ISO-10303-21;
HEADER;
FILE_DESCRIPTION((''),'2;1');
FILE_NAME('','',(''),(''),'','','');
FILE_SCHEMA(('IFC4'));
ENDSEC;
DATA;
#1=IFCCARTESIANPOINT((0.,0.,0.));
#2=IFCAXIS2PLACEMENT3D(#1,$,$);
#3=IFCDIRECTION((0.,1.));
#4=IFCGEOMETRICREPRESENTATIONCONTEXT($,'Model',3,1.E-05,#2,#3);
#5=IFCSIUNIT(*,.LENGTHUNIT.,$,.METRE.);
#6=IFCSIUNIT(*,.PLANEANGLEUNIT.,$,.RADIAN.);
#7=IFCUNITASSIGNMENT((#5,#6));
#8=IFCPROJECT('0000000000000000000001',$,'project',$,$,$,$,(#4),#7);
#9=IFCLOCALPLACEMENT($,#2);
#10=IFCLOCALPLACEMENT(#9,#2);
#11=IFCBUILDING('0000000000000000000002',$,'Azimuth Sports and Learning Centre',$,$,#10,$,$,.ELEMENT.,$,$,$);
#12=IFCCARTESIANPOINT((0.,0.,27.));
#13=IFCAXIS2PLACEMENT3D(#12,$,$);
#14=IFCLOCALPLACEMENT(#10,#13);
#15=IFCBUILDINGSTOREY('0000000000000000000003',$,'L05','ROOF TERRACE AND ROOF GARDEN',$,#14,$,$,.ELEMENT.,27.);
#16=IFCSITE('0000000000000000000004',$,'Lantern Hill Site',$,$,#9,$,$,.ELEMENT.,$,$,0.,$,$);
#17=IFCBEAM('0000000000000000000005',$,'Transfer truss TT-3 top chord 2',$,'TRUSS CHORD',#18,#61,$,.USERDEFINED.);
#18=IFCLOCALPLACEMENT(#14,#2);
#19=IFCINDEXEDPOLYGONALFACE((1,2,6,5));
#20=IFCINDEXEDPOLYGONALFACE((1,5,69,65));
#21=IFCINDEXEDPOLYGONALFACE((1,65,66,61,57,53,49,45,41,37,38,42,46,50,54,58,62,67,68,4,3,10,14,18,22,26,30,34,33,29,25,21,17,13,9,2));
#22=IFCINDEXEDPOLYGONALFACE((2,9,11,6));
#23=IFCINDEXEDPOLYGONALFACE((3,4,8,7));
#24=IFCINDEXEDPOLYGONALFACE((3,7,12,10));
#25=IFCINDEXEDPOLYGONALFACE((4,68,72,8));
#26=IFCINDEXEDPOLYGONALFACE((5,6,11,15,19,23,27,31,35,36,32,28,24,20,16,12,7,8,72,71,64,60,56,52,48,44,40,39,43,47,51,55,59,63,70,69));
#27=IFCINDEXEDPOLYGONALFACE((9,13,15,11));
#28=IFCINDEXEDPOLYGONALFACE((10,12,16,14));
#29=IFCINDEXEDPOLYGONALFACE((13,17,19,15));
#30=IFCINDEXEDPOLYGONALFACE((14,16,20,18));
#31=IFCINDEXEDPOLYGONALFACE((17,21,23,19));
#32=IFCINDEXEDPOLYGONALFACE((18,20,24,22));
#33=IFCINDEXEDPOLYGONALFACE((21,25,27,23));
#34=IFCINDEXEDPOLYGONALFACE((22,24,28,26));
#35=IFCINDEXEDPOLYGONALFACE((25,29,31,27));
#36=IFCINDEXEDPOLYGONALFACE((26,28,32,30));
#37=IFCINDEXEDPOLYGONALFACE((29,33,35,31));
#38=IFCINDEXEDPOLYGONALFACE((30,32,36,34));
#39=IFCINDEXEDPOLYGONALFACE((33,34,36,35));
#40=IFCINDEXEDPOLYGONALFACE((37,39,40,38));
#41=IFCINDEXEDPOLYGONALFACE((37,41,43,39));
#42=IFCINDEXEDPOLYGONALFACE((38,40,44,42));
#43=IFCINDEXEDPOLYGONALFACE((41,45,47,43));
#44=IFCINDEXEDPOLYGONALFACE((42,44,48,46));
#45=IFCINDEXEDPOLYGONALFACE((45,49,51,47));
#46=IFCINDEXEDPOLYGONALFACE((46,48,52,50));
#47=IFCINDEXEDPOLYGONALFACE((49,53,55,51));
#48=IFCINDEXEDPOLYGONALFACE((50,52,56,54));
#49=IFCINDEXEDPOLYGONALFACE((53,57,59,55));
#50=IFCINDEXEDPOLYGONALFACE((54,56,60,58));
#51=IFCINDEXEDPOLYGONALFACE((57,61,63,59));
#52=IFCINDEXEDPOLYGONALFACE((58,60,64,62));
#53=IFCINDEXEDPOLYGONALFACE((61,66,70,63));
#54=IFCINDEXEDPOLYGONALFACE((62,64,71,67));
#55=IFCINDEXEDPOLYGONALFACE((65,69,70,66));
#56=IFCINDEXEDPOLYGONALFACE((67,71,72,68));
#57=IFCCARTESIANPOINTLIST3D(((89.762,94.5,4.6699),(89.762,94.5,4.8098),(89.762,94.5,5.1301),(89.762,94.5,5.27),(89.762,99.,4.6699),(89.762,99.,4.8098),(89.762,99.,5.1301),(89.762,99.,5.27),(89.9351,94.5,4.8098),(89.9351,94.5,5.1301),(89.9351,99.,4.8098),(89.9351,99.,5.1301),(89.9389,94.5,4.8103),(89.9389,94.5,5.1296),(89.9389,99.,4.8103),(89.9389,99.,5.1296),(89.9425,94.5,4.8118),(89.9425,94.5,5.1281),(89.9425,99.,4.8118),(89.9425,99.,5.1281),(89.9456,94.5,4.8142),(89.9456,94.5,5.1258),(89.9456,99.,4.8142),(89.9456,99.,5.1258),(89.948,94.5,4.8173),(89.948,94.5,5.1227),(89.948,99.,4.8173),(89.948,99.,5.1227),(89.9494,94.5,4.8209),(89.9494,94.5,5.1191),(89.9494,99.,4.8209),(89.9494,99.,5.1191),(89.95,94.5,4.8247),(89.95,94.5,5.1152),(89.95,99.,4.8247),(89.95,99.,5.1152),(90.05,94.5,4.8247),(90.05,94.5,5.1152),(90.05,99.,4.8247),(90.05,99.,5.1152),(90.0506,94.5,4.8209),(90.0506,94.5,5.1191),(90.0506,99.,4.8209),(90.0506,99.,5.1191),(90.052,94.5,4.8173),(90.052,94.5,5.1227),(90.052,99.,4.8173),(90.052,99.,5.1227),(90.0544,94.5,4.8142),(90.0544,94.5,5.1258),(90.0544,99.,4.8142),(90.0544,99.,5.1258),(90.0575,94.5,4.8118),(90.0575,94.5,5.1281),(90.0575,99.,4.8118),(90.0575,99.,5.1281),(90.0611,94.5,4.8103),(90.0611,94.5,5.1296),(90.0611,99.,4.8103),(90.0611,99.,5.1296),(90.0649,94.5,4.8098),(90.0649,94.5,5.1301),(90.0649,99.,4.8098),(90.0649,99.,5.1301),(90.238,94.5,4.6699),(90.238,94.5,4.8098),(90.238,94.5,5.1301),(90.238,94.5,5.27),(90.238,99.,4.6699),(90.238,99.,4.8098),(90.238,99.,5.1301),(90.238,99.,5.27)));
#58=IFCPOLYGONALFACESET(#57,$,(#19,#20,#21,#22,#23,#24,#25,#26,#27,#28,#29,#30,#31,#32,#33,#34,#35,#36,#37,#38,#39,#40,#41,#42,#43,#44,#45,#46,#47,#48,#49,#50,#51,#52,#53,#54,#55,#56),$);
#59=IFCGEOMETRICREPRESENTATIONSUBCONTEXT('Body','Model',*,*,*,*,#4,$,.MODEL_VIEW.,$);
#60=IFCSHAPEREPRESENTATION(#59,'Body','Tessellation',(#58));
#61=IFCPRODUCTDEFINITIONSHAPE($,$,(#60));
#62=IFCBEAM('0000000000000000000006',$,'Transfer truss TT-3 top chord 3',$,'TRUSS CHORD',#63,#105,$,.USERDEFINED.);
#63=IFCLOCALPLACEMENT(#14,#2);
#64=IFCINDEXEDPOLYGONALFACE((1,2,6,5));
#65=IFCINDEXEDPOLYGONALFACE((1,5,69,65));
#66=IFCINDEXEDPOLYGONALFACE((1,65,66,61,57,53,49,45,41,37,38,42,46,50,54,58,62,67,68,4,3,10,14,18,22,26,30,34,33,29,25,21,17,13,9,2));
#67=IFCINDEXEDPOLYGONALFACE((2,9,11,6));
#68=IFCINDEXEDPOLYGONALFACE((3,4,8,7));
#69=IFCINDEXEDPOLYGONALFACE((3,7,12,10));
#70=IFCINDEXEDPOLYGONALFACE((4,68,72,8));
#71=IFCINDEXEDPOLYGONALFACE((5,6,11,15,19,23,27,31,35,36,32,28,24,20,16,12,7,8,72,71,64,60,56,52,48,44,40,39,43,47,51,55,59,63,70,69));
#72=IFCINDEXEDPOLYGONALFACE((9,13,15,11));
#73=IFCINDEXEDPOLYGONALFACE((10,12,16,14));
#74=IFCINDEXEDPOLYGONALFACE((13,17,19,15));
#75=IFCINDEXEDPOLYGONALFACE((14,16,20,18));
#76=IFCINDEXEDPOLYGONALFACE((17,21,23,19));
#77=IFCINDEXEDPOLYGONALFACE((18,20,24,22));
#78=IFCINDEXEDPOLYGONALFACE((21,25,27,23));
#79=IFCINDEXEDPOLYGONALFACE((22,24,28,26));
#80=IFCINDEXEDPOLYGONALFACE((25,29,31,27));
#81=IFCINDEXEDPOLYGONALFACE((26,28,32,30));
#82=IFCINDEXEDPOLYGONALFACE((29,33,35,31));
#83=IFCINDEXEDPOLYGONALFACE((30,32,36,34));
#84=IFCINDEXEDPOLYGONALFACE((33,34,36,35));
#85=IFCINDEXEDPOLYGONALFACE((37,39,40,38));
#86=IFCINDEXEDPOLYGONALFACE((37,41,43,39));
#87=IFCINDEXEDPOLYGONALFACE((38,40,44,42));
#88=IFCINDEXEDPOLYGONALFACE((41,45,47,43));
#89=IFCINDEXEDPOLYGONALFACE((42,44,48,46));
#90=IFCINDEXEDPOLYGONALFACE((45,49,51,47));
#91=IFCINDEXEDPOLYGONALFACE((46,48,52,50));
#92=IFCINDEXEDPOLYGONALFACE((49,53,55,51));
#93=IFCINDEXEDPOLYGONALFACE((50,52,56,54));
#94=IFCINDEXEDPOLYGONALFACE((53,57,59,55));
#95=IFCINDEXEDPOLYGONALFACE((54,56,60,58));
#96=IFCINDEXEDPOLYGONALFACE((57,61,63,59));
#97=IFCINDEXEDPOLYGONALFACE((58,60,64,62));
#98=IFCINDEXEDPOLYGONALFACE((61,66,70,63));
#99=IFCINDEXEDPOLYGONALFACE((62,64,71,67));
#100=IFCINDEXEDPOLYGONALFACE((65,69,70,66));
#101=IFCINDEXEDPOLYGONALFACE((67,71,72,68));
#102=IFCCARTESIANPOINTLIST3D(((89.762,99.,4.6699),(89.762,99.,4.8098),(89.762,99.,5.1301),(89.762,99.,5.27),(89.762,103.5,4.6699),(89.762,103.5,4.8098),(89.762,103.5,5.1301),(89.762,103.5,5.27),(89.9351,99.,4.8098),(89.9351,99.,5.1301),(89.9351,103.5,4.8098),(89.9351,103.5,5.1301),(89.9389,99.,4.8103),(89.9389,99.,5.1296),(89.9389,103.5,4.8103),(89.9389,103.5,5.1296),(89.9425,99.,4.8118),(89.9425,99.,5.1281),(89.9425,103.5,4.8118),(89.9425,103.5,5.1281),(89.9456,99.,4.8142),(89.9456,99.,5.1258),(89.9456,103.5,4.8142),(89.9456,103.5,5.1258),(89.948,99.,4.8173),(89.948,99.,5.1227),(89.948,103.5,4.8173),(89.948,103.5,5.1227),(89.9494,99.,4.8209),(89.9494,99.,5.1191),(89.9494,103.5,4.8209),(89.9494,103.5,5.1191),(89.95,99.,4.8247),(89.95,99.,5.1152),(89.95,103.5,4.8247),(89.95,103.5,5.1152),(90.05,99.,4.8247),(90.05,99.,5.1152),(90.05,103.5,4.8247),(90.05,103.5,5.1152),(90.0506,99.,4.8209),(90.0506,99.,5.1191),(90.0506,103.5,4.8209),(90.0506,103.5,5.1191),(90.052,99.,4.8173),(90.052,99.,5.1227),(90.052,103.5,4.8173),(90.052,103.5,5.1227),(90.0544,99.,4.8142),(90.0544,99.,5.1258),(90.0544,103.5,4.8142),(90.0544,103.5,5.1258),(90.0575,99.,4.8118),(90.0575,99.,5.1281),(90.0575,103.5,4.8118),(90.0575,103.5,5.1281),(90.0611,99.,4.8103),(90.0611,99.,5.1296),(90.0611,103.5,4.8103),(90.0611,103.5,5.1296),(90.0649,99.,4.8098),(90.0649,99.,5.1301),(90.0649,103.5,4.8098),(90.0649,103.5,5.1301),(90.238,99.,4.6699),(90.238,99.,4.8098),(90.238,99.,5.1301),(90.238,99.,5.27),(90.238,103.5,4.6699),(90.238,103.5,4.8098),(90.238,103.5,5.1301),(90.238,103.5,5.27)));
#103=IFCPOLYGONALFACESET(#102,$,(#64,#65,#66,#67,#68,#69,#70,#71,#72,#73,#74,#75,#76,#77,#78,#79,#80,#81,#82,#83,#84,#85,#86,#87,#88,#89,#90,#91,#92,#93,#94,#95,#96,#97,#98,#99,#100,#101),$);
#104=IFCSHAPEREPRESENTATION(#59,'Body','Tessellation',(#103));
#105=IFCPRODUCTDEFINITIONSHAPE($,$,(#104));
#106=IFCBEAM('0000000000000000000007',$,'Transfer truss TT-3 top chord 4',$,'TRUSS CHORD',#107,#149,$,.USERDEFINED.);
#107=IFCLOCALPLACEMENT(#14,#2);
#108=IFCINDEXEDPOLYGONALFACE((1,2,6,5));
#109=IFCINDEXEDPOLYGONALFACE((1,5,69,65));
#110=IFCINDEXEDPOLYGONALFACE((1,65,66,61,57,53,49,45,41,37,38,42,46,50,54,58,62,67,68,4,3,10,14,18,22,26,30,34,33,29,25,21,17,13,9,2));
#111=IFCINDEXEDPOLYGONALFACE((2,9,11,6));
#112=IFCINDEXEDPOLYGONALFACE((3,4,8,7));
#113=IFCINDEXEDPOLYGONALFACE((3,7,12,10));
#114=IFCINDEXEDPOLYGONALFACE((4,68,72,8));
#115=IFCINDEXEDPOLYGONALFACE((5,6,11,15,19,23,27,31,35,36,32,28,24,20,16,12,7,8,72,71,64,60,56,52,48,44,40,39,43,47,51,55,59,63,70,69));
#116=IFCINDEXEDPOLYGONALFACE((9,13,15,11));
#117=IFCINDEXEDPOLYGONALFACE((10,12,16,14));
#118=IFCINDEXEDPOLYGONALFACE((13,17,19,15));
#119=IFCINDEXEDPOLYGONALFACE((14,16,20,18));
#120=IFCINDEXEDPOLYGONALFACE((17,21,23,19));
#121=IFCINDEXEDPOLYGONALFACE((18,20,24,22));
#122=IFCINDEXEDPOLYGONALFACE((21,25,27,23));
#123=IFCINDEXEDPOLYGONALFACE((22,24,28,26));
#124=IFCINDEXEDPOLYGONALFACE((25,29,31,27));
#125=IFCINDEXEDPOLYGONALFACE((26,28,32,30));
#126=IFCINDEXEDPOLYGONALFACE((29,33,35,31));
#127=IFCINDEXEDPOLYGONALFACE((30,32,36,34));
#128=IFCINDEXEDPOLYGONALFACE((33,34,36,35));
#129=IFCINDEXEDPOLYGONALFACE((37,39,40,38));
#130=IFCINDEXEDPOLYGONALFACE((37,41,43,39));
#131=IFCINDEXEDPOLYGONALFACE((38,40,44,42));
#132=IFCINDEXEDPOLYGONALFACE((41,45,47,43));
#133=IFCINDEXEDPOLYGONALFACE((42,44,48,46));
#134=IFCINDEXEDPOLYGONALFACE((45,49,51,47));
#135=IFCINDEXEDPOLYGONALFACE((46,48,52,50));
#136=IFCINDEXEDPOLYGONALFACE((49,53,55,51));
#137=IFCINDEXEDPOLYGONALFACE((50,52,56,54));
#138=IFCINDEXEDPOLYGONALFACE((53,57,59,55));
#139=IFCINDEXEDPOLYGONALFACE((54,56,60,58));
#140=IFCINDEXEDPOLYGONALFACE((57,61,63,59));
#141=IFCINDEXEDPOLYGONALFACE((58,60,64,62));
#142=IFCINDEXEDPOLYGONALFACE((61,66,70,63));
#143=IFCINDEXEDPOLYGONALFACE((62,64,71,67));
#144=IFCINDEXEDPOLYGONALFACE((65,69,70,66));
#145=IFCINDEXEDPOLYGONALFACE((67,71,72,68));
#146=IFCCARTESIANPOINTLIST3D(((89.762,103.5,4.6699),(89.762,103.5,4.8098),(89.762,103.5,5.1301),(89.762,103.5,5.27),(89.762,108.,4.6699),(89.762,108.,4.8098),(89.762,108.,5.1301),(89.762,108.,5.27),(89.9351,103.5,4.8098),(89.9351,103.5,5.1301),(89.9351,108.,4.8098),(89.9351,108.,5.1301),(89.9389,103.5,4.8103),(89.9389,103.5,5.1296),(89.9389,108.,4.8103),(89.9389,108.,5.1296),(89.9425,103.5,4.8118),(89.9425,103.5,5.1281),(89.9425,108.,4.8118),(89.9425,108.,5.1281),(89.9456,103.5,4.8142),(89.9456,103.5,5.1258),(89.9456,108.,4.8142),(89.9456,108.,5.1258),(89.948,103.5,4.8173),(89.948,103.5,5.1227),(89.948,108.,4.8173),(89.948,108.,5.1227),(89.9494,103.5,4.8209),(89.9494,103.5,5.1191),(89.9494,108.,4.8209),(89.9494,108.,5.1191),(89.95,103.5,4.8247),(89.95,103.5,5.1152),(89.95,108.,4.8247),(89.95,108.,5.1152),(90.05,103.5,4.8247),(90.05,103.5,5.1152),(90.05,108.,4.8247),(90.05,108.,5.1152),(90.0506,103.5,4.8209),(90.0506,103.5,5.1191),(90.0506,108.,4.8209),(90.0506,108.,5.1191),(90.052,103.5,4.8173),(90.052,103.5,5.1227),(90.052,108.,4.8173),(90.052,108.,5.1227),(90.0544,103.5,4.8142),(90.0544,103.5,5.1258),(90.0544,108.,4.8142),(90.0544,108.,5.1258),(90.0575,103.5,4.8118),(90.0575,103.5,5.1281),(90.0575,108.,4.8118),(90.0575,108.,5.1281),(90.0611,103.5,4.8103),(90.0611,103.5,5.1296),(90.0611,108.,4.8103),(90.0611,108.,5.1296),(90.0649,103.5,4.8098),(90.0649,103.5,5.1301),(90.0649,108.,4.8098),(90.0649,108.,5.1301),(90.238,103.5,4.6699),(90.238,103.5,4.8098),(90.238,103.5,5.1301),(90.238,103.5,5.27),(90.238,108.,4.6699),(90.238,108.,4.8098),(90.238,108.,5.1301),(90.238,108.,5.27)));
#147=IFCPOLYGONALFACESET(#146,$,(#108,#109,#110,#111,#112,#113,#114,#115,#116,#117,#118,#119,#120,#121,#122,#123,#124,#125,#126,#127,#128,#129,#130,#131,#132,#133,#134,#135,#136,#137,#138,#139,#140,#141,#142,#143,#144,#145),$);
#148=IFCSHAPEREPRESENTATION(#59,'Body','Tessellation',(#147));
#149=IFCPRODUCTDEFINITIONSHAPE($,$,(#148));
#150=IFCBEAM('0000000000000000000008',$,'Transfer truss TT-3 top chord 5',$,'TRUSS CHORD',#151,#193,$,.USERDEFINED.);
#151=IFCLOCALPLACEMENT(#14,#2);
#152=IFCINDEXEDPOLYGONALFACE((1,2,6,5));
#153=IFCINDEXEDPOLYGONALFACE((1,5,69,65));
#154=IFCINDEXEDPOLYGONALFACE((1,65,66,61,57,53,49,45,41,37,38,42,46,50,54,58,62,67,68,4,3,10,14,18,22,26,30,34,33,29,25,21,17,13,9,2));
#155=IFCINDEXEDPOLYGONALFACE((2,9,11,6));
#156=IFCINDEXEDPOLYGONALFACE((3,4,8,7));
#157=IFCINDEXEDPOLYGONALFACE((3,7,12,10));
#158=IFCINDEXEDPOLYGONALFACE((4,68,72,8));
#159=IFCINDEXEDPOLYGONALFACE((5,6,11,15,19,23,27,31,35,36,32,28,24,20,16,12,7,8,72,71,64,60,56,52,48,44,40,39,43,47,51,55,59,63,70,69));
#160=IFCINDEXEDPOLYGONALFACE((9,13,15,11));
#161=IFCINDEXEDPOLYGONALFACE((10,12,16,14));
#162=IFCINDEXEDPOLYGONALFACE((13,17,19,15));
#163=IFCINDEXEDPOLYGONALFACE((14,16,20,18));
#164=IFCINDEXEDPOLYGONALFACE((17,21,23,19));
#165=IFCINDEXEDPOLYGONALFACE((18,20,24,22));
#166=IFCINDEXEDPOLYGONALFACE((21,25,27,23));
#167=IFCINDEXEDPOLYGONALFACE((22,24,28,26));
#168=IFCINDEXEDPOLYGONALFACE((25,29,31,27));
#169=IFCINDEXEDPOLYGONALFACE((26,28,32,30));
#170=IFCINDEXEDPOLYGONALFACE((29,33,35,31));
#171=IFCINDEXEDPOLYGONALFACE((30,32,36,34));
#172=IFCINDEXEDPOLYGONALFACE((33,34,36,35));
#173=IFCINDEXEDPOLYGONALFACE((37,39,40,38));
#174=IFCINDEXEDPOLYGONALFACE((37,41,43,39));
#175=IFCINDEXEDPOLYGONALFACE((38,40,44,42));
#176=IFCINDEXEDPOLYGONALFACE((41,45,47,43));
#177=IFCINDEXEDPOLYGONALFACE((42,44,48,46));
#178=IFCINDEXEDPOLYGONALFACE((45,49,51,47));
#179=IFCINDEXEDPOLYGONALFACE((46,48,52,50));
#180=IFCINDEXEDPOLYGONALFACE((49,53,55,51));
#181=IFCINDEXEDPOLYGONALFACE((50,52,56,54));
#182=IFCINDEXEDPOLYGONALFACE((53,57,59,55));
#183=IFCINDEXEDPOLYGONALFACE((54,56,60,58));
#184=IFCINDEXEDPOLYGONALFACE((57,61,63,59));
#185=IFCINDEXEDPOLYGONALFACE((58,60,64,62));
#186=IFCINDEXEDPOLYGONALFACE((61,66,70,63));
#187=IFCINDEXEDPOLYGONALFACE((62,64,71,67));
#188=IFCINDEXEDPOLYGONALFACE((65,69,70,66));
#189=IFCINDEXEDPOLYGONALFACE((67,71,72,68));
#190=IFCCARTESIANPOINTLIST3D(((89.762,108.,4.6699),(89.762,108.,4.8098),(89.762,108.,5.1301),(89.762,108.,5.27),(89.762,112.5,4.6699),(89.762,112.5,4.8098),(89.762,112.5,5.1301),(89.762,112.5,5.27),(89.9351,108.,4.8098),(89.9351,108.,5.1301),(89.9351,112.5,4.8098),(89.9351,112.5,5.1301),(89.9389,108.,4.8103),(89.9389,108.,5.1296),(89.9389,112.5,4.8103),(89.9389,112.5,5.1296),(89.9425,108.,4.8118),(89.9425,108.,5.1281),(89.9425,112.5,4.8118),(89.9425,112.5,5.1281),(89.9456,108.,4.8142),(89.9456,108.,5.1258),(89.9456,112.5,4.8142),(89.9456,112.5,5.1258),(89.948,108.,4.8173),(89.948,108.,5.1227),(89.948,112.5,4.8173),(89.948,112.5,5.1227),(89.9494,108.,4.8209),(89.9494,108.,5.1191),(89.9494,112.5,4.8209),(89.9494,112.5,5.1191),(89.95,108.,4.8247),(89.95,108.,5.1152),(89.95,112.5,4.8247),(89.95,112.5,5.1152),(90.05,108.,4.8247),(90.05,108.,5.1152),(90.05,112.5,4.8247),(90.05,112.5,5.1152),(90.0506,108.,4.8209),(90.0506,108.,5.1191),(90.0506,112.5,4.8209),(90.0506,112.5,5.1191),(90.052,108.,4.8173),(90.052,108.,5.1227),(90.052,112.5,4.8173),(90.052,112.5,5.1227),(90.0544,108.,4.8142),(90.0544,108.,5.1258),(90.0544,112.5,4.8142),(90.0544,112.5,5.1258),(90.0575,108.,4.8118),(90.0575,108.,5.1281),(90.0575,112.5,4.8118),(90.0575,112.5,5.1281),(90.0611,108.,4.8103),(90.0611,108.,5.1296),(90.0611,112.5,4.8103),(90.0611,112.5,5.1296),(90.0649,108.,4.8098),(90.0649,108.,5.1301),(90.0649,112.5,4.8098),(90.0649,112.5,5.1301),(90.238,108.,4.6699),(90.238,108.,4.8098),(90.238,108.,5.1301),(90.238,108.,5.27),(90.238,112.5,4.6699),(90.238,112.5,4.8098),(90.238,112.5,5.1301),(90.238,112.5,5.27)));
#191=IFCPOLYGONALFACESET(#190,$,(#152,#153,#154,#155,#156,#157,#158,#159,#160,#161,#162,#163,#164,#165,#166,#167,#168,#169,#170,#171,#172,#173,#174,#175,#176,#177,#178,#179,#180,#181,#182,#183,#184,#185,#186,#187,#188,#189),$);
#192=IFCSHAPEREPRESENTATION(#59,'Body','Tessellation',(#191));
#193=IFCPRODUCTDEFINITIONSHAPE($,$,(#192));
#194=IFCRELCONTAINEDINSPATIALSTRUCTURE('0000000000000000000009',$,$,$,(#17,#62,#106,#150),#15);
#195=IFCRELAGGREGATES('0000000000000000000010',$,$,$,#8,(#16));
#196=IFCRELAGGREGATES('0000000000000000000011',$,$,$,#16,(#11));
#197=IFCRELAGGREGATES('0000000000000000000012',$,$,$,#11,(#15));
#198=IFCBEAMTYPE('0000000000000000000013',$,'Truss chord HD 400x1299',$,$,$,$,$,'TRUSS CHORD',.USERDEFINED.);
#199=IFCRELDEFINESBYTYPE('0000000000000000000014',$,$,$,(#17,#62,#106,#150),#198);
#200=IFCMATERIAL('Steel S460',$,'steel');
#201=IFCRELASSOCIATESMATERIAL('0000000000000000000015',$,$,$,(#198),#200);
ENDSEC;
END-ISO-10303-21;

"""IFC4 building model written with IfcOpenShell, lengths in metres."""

from ifc_helpers import new_model, si_unit, direction, frame, origin, origin_2d, place, context, subcontext, project, spatial, i_section, extrude, material, material_profile, profile_set, type_object, element, save


model = new_model("IFC4")

# Units and contexts
model_context = context("Model", 3, precision=1e-05, world=origin(), true_north=direction((0.0, 1.0)))
body_context = subcontext(model_context, "Body", "Model", "MODEL_VIEW")
ifc_project = project(units=[si_unit("LENGTHUNIT", "METRE"), si_unit("PLANEANGLEUNIT", "RADIAN")], contexts=[model_context])

# Site, building, storey
site_placement = place(None, origin())
site = spatial("IfcSite", under=ifc_project, at=site_placement, Name="Lantern Hill Site", CompositionType="ELEMENT", RefElevation=0.0)
building_placement = place(site_placement, origin())
building = spatial("IfcBuilding", under=site, at=building_placement, Name="Azimuth Sports and Learning Centre", CompositionType="ELEMENT")
storey_placement = place(building_placement, frame((0.0, 0.0, 27.0)))
storey = spatial("IfcBuildingStorey", under=building, at=storey_placement, Name="L05", Description="ROOF TERRACE AND ROOF GARDEN", CompositionType="ELEMENT", Elevation=27.0)

# Beams
ifc_material_1 = material(Name="Steel S460", Category="steel")
ifc_material_profile_1 = material_profile(ifc_material_1, i_section(OverallWidth=0.4761, OverallDepth=0.6001, WebThickness=0.1001, FlangeThickness=0.1399, FilletRadius=0.0149, at=origin_2d()), Name="HD 400x1299")
ifc_profile_set_1 = profile_set([ifc_material_profile_1], Name="Steel S460")
beam_type_1 = type_object("IfcBeamType", Name="Truss chord HD 400x1299", ElementType="TRUSS CHORD", PredefinedType="USERDEFINED", material=ifc_profile_set_1)
for number, where, z_axis, x_axis, name in (
    (1, (90.0, 94.5, 4.97), (0.0, 1.0, 0.0), (-1.0, 0.0, 0.0), "Transfer truss TT-3 top chord 2"),
    (2, (90.0, 99.0, 4.97), (0.0, 1.0, 0.0), (-1.0, 0.0, 0.0), "Transfer truss TT-3 top chord 3"),
    (3, (90.0, 103.5, 4.97), (0.0, 1.0, 0.0), (-1.0, 0.0, 0.0), "Transfer truss TT-3 top chord 4"),
    (4, (90.0, 108.0, 4.97), (0.0, 1.0, 0.0), (-1.0, 0.0, 0.0), "Transfer truss TT-3 top chord 5"),
):
    element("IfcBeam", number, at=place(storey_placement, frame(where, z_axis=z_axis, x_axis=x_axis)), inside=storey, type_object=beam_type_1, Name=name, ObjectType="TRUSS CHORD", PredefinedType="USERDEFINED", context=body_context, shape_type="SweptSolid", body=[
        extrude(i_section(OverallWidth=0.4761, OverallDepth=0.6001, WebThickness=0.1001, FlangeThickness=0.1399, FilletRadius=0.0149, at=origin_2d()), origin(), (0.0, 0.0, 1.0), 4.5),
    ])

save(model, "model.ifc")
